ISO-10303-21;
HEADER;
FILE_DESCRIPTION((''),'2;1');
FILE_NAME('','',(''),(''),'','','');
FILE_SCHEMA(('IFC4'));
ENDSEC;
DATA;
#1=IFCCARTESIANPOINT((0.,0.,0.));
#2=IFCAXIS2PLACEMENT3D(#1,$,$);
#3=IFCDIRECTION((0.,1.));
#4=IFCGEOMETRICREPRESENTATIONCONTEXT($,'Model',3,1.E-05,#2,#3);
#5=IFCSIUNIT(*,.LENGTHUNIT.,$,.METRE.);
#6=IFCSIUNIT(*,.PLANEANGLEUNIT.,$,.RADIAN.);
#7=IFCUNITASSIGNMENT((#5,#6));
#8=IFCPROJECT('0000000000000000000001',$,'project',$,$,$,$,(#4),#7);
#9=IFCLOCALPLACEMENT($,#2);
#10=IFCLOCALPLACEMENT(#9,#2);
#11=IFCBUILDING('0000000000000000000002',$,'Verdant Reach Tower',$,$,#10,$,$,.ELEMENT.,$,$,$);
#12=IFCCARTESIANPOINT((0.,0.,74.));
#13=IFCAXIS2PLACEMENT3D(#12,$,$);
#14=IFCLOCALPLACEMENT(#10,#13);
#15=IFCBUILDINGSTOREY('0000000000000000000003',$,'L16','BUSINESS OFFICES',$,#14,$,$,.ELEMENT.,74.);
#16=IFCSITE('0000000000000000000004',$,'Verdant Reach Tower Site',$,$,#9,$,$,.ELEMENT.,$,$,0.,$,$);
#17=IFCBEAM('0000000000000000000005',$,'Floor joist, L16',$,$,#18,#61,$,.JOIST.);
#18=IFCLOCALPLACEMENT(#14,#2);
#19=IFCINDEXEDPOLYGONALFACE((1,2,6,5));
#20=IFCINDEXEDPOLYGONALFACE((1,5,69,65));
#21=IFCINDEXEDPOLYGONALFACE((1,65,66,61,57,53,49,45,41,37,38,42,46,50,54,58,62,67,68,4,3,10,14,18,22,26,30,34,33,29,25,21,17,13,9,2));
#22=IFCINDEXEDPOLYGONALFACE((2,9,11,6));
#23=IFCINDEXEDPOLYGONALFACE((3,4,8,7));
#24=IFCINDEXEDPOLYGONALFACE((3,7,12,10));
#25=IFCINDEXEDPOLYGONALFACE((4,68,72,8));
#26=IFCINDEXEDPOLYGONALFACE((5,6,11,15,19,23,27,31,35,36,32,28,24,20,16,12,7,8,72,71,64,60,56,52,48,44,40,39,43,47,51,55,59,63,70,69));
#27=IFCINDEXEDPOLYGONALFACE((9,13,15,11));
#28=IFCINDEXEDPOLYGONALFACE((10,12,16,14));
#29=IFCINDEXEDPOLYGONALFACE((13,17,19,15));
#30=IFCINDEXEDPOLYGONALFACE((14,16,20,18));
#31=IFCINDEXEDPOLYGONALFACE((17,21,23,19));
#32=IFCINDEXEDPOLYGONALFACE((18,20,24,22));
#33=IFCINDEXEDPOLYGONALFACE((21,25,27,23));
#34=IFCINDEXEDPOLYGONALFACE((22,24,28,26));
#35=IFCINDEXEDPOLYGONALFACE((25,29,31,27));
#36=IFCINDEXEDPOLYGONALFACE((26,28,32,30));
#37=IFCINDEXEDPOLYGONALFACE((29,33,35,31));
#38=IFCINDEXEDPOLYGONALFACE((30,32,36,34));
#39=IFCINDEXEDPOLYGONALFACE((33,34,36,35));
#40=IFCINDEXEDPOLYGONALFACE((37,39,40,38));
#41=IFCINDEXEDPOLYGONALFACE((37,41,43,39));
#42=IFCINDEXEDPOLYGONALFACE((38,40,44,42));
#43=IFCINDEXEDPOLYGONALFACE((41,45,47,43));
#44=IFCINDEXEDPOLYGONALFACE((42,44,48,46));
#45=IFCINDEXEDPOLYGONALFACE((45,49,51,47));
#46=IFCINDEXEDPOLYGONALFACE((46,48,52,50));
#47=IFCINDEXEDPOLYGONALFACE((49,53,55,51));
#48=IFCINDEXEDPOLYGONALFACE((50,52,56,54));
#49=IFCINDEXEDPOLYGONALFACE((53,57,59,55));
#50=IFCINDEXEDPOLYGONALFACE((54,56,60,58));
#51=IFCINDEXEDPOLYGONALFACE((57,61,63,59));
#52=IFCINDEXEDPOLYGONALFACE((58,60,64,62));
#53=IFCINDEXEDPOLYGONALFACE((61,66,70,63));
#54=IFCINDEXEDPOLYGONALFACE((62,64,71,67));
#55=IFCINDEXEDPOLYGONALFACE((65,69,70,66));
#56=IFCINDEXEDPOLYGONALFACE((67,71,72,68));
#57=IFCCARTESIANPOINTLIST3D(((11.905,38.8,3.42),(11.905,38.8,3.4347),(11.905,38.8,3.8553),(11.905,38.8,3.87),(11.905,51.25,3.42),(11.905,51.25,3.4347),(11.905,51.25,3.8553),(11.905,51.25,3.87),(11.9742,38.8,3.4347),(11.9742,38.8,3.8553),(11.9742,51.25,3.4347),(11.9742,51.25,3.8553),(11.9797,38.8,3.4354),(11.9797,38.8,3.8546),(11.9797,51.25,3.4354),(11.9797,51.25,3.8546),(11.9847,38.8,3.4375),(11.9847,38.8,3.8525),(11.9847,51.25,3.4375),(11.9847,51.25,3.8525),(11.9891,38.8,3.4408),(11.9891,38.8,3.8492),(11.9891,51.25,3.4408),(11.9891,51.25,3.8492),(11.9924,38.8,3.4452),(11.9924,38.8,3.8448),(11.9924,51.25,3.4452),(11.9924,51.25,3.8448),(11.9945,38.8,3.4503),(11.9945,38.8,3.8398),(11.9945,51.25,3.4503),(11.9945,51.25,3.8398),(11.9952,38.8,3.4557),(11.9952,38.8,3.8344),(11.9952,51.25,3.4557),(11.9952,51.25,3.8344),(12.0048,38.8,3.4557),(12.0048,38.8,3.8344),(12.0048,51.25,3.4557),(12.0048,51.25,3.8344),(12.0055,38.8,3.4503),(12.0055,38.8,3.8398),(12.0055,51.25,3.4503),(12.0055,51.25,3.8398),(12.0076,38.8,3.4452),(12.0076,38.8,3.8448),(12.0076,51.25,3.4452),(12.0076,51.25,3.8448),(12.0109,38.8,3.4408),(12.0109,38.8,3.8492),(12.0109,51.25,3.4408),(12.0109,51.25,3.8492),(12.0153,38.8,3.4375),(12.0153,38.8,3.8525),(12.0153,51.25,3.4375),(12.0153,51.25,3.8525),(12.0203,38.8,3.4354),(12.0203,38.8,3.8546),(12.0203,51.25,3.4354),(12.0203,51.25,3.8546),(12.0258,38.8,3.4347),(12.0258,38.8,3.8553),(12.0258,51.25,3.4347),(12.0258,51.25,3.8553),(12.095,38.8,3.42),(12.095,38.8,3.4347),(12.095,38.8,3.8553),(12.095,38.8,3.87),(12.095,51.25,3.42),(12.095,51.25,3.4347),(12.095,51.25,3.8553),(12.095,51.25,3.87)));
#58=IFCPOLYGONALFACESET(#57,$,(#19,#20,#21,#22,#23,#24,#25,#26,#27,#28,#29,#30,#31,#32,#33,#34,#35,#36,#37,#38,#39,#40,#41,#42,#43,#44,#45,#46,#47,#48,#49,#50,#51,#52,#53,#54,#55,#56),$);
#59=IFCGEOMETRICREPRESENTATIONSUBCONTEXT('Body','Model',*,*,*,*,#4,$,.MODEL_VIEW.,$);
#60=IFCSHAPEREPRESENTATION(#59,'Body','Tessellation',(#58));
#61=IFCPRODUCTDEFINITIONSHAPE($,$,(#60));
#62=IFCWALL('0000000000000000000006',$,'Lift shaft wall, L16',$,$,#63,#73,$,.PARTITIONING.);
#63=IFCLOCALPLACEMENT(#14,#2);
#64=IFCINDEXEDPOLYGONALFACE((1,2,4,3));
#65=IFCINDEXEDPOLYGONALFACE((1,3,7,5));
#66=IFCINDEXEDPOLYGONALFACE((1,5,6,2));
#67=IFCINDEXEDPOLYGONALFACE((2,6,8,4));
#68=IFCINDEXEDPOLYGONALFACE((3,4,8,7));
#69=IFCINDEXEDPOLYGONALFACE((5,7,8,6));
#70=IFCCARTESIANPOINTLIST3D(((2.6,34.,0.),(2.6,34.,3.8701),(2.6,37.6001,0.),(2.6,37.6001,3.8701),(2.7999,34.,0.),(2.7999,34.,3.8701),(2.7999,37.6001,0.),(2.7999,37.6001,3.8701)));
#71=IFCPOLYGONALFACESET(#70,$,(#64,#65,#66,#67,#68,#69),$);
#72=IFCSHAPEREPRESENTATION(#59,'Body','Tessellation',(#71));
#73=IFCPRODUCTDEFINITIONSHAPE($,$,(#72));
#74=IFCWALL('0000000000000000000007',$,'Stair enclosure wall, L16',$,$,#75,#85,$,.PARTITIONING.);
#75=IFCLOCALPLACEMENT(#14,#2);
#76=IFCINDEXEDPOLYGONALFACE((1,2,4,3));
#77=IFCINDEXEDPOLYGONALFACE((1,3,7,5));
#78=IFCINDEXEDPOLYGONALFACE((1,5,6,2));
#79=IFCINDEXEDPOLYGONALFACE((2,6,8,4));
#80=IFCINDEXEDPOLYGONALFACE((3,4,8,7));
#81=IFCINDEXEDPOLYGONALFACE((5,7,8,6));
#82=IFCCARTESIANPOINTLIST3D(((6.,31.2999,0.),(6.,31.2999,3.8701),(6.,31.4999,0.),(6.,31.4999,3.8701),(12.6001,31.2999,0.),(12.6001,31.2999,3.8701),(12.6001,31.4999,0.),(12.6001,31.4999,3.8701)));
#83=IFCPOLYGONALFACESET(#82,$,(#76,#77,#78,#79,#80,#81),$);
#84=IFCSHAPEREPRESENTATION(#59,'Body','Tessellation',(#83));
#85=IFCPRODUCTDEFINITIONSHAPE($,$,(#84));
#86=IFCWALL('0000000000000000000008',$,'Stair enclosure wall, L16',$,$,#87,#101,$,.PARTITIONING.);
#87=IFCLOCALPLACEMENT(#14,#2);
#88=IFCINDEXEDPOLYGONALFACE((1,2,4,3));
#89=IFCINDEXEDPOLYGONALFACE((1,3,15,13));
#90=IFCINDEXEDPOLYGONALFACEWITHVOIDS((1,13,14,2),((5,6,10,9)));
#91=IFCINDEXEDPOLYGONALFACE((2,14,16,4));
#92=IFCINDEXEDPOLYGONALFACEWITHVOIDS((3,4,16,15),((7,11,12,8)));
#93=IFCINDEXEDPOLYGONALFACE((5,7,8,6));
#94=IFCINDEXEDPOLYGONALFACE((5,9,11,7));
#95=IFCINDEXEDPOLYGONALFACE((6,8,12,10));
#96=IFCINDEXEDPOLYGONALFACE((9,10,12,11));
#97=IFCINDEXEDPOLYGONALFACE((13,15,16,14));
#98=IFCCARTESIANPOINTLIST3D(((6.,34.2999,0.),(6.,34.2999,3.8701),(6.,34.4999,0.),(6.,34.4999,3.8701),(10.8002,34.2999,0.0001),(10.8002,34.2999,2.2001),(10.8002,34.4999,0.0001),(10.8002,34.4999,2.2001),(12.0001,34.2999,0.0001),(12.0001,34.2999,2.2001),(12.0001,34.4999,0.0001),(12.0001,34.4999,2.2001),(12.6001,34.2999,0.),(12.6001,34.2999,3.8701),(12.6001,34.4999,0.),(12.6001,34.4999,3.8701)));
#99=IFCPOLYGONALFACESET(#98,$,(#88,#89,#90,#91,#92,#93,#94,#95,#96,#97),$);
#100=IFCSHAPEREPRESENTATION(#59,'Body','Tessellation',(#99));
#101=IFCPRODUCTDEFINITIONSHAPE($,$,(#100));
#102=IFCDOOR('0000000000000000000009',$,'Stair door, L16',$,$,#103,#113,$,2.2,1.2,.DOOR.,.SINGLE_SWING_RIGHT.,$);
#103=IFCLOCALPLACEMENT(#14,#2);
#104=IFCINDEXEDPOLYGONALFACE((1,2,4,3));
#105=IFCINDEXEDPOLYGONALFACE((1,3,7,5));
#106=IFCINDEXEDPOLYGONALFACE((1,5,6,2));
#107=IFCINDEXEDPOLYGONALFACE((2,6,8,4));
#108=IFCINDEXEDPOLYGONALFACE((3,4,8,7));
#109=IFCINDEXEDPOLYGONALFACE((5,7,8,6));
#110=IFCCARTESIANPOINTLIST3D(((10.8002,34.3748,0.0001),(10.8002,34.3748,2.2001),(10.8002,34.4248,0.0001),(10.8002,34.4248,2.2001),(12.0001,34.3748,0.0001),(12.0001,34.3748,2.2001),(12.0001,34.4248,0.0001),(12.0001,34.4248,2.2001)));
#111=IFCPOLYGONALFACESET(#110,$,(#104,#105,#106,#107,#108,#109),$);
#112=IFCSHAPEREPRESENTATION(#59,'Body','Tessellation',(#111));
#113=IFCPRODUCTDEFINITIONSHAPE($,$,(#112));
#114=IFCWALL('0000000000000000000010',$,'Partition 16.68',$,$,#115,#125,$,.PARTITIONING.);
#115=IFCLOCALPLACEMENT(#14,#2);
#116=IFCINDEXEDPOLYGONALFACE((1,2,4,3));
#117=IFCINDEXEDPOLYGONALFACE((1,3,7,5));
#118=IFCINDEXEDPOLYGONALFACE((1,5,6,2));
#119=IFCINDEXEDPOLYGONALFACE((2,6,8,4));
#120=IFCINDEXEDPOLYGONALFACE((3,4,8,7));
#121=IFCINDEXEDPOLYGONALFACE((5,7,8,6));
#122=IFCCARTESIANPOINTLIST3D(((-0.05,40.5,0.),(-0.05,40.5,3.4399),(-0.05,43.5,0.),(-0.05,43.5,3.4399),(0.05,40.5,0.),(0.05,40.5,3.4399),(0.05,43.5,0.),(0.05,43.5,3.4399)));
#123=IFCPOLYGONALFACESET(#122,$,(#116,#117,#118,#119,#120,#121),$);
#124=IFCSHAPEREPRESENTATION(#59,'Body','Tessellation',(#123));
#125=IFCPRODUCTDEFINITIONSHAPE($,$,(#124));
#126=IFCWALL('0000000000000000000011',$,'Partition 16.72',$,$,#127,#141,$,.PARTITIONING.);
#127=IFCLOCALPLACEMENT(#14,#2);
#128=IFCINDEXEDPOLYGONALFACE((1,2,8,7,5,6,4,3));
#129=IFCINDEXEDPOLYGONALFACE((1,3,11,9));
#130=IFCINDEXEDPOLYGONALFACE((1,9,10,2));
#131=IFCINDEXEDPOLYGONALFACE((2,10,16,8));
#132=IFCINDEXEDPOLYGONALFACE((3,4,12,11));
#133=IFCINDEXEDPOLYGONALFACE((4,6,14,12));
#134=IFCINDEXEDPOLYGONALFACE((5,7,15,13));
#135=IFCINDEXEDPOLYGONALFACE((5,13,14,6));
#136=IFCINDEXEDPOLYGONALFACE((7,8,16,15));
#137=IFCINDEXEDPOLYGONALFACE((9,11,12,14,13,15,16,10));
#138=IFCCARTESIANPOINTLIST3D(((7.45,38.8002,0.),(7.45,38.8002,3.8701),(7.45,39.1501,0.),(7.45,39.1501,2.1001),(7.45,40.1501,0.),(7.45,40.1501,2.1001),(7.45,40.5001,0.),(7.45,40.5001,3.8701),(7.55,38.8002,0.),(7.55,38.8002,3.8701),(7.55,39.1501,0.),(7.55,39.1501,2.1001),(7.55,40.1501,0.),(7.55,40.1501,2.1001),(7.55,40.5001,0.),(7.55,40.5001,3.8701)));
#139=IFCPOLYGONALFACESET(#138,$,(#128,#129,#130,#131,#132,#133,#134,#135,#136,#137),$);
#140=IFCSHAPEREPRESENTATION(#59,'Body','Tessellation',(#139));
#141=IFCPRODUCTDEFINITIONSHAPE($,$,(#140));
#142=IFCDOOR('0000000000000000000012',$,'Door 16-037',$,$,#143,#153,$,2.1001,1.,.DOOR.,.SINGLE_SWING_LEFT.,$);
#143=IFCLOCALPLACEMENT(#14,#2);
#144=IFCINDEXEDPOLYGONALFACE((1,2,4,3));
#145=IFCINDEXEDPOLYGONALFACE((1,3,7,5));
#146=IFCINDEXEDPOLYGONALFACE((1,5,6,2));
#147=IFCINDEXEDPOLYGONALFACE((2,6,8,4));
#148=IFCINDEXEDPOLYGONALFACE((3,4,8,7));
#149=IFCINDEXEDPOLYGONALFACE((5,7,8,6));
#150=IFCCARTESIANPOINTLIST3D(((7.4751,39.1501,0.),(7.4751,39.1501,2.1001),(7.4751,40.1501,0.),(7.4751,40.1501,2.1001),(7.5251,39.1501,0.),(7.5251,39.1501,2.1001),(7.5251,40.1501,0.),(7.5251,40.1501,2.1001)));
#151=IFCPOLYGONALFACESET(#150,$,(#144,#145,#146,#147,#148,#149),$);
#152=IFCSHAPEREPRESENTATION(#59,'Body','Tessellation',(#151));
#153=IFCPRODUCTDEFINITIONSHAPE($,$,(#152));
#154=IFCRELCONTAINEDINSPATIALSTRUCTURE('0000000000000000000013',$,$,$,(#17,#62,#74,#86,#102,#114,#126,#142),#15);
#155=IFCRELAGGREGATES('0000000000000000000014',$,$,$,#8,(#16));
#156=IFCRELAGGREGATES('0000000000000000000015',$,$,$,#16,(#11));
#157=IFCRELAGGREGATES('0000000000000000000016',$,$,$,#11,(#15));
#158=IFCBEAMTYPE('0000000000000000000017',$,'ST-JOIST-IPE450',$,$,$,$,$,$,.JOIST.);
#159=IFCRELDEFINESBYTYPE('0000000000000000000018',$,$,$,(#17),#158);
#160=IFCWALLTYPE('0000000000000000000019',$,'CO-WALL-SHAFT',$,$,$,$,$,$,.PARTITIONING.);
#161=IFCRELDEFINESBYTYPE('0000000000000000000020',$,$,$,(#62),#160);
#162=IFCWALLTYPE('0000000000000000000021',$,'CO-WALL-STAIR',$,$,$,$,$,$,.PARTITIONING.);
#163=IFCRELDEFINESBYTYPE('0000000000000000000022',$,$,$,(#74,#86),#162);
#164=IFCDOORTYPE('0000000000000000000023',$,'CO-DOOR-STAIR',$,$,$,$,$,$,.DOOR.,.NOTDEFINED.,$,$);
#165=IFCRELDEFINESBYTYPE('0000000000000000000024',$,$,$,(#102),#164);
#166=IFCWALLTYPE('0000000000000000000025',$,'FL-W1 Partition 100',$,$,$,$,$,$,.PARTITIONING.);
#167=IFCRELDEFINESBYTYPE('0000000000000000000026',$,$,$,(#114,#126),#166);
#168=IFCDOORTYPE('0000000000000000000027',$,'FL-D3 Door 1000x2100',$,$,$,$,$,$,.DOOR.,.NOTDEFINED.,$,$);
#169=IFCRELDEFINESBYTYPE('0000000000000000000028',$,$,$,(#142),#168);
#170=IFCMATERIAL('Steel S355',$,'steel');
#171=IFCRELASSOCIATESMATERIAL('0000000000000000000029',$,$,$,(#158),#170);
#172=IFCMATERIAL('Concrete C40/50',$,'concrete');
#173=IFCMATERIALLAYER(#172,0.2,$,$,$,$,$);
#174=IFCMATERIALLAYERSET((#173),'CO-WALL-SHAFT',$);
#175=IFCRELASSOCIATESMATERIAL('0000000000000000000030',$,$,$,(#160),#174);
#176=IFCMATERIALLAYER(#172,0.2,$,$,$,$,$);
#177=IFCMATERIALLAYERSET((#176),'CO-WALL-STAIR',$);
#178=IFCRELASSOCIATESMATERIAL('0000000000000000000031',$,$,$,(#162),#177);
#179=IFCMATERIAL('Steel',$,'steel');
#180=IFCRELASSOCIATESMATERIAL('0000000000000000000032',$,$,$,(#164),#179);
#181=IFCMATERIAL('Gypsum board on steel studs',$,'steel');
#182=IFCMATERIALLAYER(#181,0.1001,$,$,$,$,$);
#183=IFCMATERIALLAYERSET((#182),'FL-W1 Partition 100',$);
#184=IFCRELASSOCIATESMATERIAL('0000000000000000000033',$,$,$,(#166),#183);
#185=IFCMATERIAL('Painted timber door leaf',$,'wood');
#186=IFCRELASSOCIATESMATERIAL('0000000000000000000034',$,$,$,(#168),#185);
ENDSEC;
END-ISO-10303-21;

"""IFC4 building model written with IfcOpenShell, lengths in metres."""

from ifc_helpers import new_model, si_unit, direction, frame, frame_2d, origin, origin_2d, place, context, subcontext, project, spatial, rectangle, i_section, extrude, material, layer, layer_set, material_profile, profile_set, type_object, element, fill, save


model = new_model("IFC4")

# Units and contexts
model_context = context("Model", 3, precision=1e-05, world=origin(), true_north=direction((0.0, 1.0)))
body_context = subcontext(model_context, "Body", "Model", "MODEL_VIEW")
ifc_project = project(units=[si_unit("LENGTHUNIT", "METRE"), si_unit("PLANEANGLEUNIT", "RADIAN")], contexts=[model_context])

# Site, building, storey
site_placement = place(None, origin())
site = spatial("IfcSite", under=ifc_project, at=site_placement, Name="Verdant Reach Tower Site", CompositionType="ELEMENT", RefElevation=0.0)
building_placement = place(site_placement, origin())
building = spatial("IfcBuilding", under=site, at=building_placement, Name="Verdant Reach Tower", CompositionType="ELEMENT")
storey_placement = place(building_placement, frame((0.0, 0.0, 74.0)))
storey = spatial("IfcBuildingStorey", under=building, at=storey_placement, Name="L16", Description="BUSINESS OFFICES", CompositionType="ELEMENT", Elevation=74.0)

# Beam
ifc_material_1 = material(Name="Steel S355", Category="steel")
ifc_material_profile_1 = material_profile(ifc_material_1, i_section(OverallWidth=0.1899, OverallDepth=0.45, WebThickness=0.0095, FlangeThickness=0.0146, FilletRadius=0.021, at=origin_2d()), Name="IPE 450")
ifc_profile_set_1 = profile_set([ifc_material_profile_1], Name="Steel S355")
beam_type_1 = type_object("IfcBeamType", Name="ST-JOIST-IPE450", PredefinedType="JOIST", material=ifc_profile_set_1)
beam_1_placement = place(storey_placement, frame((12.0, 38.8, 3.645), z_axis=(0.0, 1.0, 0.0), x_axis=(-1.0, 0.0, 0.0)))
element("IfcBeam", 1, at=beam_1_placement, inside=storey, type_object=beam_type_1, Name="Floor joist, L16", PredefinedType="JOIST", context=body_context, shape_type="SweptSolid", body=[
    extrude(i_section(OverallWidth=0.1899, OverallDepth=0.45, WebThickness=0.0095, FlangeThickness=0.0146, FilletRadius=0.021, at=origin_2d()), origin(), (0.0, 0.0, 1.0), 12.45),
])

# Walls
ifc_material_2 = material(Name="Concrete C40/50", Category="concrete")
ifc_layer_1 = layer(ifc_material_2, 0.2)
ifc_layer_set_1 = layer_set([ifc_layer_1], Name="CO-WALL-SHAFT")
wall_type_1 = type_object("IfcWallType", Name="CO-WALL-SHAFT", PredefinedType="PARTITIONING", material=ifc_layer_set_1)
wall_1_placement = place(storey_placement, frame((2.7, 34.0, 0.0), z_axis=(0.0, 0.0, 1.0), x_axis=(0.0, 1.0, 0.0)))
element("IfcWall", 2, at=wall_1_placement, inside=storey, type_object=wall_type_1, Name="Lift shaft wall, L16", PredefinedType="PARTITIONING", context=body_context, shape_type="SweptSolid", body=[
    extrude(rectangle(XDim=3.6001, YDim=0.2, at=frame_2d((1.8, 0.0))), origin(), (0.0, 0.0, 1.0), 3.8701),
])
ifc_layer_2 = layer(ifc_material_2, 0.2)
ifc_layer_set_2 = layer_set([ifc_layer_2], Name="CO-WALL-STAIR")
wall_type_2 = type_object("IfcWallType", Name="CO-WALL-STAIR", PredefinedType="PARTITIONING", material=ifc_layer_set_2)
wall_2_placement = place(storey_placement, frame((6.0, 31.3999, 0.0), z_axis=(0.0, 0.0, 1.0), x_axis=(1.0, 0.0, 0.0)))
element("IfcWall", 3, at=wall_2_placement, inside=storey, type_object=wall_type_2, Name="Stair enclosure wall, L16", PredefinedType="PARTITIONING", context=body_context, shape_type="SweptSolid", body=[
    extrude(rectangle(XDim=6.6001, YDim=0.2, at=frame_2d((3.3, 0.0))), origin(), (0.0, 0.0, 1.0), 3.8701),
])

# Wall, opening, door
wall_3_placement = place(storey_placement, frame((6.0, 34.3999, 0.0), z_axis=(0.0, 0.0, 1.0), x_axis=(1.0, 0.0, 0.0)))
wall_3 = element("IfcWall", 4, at=wall_3_placement, inside=storey, type_object=wall_type_2, Name="Stair enclosure wall, L16", PredefinedType="PARTITIONING", context=body_context, shape_type="SweptSolid", body=[
    extrude(rectangle(XDim=6.6001, YDim=0.2, at=frame_2d((3.3, 0.0))), origin(), (0.0, 0.0, 1.0), 3.8701),
])
opening_1_placement = place(wall_3_placement, frame((4.8, 0.0, 0.0)))
opening_1 = element("IfcOpeningElement", 5, at=opening_1_placement, cuts=wall_3, PredefinedType="OPENING", context=body_context, shape_type="SweptSolid", body=[
    extrude(rectangle(XDim=1.2, YDim=2.2, at=frame_2d((0.6001, 1.1001))), frame((0.0, 0.1099, 0.0), z_axis=(0.0, -1.0, 0.0), x_axis=(1.0, 0.0, 0.0)), (0.0, 0.0, 1.0), 0.22),
])
ifc_material_3 = material(Name="Steel", Category="steel")
door_type_1 = type_object("IfcDoorType", Name="CO-DOOR-STAIR", OperationType="NOTDEFINED", PredefinedType="DOOR", material=ifc_material_3)
door_1_placement = place(opening_1_placement, origin())
door_1 = element("IfcDoor", 6, at=door_1_placement, inside=storey, type_object=door_type_1, Name="Stair door, L16", OperationType="SINGLE_SWING_RIGHT", OverallHeight=2.2, OverallWidth=1.2, PredefinedType="DOOR", context=body_context, shape_type="SweptSolid", body=[
    extrude(rectangle(XDim=1.2, YDim=2.2, at=frame_2d((0.6001, 1.1001))), frame((0.0, 0.0249, 0.0), z_axis=(0.0, -1.0, 0.0), x_axis=(1.0, 0.0, 0.0)), (0.0, 0.0, 1.0), 0.05),
])
fill(opening_1, door_1)

# Wall
ifc_material_4 = material(Name="Gypsum board on steel studs", Category="steel")
ifc_layer_3 = layer(ifc_material_4, 0.1001)
ifc_layer_set_3 = layer_set([ifc_layer_3], Name="FL-W1 Partition 100")
wall_type_3 = type_object("IfcWallType", Name="FL-W1 Partition 100", PredefinedType="PARTITIONING", material=ifc_layer_set_3)
wall_4_placement = place(storey_placement, frame((0.0, 40.5, 0.0), z_axis=(0.0, 0.0, 1.0), x_axis=(0.0, 1.0, 0.0)))
element("IfcWall", 7, at=wall_4_placement, inside=storey, type_object=wall_type_3, Name="Partition 16.68", PredefinedType="PARTITIONING", context=body_context, shape_type="SweptSolid", body=[
    extrude(rectangle(XDim=3.0, YDim=0.1001, at=frame_2d((1.5, 0.0))), origin(), (0.0, 0.0, 1.0), 3.4399),
])

# Wall, opening, door
wall_5_placement = place(storey_placement, frame((7.5, 38.8, 0.0), z_axis=(0.0, 0.0, 1.0), x_axis=(0.0, 1.0, 0.0)))
wall_5 = element("IfcWall", 8, at=wall_5_placement, inside=storey, type_object=wall_type_3, Name="Partition 16.72", PredefinedType="PARTITIONING", context=body_context, shape_type="SweptSolid", body=[
    extrude(rectangle(XDim=1.7, YDim=0.1001, at=frame_2d((0.8501, 0.0))), origin(), (0.0, 0.0, 1.0), 3.8701),
])
opening_2_placement = place(wall_5_placement, frame((0.3501, 0.0, 0.0)))
opening_2 = element("IfcOpeningElement", 9, at=opening_2_placement, cuts=wall_5, PredefinedType="OPENING", context=body_context, shape_type="SweptSolid", body=[
    extrude(rectangle(XDim=1.0, YDim=2.1001, at=frame_2d((0.5, 1.05))), frame((0.0, 0.0601, 0.0), z_axis=(0.0, -1.0, 0.0), x_axis=(1.0, 0.0, 0.0)), (0.0, 0.0, 1.0), 0.1201),
])
ifc_material_5 = material(Name="Painted timber door leaf", Category="wood")
door_type_2 = type_object("IfcDoorType", Name="FL-D3 Door 1000x2100", OperationType="NOTDEFINED", PredefinedType="DOOR", material=ifc_material_5)
door_2_placement = place(opening_2_placement, origin())
door_2 = element("IfcDoor", 10, at=door_2_placement, inside=storey, type_object=door_type_2, Name="Door 16-037", OperationType="SINGLE_SWING_LEFT", OverallHeight=2.1001, OverallWidth=1.0, PredefinedType="DOOR", context=body_context, shape_type="SweptSolid", body=[
    extrude(rectangle(XDim=1.0, YDim=2.1001, at=frame_2d((0.5, 1.05))), frame((0.0, 0.0249, 0.0), z_axis=(0.0, -1.0, 0.0), x_axis=(1.0, 0.0, 0.0)), (0.0, 0.0, 1.0), 0.05),
])
fill(opening_2, door_2)

save(model, "model.ifc")
